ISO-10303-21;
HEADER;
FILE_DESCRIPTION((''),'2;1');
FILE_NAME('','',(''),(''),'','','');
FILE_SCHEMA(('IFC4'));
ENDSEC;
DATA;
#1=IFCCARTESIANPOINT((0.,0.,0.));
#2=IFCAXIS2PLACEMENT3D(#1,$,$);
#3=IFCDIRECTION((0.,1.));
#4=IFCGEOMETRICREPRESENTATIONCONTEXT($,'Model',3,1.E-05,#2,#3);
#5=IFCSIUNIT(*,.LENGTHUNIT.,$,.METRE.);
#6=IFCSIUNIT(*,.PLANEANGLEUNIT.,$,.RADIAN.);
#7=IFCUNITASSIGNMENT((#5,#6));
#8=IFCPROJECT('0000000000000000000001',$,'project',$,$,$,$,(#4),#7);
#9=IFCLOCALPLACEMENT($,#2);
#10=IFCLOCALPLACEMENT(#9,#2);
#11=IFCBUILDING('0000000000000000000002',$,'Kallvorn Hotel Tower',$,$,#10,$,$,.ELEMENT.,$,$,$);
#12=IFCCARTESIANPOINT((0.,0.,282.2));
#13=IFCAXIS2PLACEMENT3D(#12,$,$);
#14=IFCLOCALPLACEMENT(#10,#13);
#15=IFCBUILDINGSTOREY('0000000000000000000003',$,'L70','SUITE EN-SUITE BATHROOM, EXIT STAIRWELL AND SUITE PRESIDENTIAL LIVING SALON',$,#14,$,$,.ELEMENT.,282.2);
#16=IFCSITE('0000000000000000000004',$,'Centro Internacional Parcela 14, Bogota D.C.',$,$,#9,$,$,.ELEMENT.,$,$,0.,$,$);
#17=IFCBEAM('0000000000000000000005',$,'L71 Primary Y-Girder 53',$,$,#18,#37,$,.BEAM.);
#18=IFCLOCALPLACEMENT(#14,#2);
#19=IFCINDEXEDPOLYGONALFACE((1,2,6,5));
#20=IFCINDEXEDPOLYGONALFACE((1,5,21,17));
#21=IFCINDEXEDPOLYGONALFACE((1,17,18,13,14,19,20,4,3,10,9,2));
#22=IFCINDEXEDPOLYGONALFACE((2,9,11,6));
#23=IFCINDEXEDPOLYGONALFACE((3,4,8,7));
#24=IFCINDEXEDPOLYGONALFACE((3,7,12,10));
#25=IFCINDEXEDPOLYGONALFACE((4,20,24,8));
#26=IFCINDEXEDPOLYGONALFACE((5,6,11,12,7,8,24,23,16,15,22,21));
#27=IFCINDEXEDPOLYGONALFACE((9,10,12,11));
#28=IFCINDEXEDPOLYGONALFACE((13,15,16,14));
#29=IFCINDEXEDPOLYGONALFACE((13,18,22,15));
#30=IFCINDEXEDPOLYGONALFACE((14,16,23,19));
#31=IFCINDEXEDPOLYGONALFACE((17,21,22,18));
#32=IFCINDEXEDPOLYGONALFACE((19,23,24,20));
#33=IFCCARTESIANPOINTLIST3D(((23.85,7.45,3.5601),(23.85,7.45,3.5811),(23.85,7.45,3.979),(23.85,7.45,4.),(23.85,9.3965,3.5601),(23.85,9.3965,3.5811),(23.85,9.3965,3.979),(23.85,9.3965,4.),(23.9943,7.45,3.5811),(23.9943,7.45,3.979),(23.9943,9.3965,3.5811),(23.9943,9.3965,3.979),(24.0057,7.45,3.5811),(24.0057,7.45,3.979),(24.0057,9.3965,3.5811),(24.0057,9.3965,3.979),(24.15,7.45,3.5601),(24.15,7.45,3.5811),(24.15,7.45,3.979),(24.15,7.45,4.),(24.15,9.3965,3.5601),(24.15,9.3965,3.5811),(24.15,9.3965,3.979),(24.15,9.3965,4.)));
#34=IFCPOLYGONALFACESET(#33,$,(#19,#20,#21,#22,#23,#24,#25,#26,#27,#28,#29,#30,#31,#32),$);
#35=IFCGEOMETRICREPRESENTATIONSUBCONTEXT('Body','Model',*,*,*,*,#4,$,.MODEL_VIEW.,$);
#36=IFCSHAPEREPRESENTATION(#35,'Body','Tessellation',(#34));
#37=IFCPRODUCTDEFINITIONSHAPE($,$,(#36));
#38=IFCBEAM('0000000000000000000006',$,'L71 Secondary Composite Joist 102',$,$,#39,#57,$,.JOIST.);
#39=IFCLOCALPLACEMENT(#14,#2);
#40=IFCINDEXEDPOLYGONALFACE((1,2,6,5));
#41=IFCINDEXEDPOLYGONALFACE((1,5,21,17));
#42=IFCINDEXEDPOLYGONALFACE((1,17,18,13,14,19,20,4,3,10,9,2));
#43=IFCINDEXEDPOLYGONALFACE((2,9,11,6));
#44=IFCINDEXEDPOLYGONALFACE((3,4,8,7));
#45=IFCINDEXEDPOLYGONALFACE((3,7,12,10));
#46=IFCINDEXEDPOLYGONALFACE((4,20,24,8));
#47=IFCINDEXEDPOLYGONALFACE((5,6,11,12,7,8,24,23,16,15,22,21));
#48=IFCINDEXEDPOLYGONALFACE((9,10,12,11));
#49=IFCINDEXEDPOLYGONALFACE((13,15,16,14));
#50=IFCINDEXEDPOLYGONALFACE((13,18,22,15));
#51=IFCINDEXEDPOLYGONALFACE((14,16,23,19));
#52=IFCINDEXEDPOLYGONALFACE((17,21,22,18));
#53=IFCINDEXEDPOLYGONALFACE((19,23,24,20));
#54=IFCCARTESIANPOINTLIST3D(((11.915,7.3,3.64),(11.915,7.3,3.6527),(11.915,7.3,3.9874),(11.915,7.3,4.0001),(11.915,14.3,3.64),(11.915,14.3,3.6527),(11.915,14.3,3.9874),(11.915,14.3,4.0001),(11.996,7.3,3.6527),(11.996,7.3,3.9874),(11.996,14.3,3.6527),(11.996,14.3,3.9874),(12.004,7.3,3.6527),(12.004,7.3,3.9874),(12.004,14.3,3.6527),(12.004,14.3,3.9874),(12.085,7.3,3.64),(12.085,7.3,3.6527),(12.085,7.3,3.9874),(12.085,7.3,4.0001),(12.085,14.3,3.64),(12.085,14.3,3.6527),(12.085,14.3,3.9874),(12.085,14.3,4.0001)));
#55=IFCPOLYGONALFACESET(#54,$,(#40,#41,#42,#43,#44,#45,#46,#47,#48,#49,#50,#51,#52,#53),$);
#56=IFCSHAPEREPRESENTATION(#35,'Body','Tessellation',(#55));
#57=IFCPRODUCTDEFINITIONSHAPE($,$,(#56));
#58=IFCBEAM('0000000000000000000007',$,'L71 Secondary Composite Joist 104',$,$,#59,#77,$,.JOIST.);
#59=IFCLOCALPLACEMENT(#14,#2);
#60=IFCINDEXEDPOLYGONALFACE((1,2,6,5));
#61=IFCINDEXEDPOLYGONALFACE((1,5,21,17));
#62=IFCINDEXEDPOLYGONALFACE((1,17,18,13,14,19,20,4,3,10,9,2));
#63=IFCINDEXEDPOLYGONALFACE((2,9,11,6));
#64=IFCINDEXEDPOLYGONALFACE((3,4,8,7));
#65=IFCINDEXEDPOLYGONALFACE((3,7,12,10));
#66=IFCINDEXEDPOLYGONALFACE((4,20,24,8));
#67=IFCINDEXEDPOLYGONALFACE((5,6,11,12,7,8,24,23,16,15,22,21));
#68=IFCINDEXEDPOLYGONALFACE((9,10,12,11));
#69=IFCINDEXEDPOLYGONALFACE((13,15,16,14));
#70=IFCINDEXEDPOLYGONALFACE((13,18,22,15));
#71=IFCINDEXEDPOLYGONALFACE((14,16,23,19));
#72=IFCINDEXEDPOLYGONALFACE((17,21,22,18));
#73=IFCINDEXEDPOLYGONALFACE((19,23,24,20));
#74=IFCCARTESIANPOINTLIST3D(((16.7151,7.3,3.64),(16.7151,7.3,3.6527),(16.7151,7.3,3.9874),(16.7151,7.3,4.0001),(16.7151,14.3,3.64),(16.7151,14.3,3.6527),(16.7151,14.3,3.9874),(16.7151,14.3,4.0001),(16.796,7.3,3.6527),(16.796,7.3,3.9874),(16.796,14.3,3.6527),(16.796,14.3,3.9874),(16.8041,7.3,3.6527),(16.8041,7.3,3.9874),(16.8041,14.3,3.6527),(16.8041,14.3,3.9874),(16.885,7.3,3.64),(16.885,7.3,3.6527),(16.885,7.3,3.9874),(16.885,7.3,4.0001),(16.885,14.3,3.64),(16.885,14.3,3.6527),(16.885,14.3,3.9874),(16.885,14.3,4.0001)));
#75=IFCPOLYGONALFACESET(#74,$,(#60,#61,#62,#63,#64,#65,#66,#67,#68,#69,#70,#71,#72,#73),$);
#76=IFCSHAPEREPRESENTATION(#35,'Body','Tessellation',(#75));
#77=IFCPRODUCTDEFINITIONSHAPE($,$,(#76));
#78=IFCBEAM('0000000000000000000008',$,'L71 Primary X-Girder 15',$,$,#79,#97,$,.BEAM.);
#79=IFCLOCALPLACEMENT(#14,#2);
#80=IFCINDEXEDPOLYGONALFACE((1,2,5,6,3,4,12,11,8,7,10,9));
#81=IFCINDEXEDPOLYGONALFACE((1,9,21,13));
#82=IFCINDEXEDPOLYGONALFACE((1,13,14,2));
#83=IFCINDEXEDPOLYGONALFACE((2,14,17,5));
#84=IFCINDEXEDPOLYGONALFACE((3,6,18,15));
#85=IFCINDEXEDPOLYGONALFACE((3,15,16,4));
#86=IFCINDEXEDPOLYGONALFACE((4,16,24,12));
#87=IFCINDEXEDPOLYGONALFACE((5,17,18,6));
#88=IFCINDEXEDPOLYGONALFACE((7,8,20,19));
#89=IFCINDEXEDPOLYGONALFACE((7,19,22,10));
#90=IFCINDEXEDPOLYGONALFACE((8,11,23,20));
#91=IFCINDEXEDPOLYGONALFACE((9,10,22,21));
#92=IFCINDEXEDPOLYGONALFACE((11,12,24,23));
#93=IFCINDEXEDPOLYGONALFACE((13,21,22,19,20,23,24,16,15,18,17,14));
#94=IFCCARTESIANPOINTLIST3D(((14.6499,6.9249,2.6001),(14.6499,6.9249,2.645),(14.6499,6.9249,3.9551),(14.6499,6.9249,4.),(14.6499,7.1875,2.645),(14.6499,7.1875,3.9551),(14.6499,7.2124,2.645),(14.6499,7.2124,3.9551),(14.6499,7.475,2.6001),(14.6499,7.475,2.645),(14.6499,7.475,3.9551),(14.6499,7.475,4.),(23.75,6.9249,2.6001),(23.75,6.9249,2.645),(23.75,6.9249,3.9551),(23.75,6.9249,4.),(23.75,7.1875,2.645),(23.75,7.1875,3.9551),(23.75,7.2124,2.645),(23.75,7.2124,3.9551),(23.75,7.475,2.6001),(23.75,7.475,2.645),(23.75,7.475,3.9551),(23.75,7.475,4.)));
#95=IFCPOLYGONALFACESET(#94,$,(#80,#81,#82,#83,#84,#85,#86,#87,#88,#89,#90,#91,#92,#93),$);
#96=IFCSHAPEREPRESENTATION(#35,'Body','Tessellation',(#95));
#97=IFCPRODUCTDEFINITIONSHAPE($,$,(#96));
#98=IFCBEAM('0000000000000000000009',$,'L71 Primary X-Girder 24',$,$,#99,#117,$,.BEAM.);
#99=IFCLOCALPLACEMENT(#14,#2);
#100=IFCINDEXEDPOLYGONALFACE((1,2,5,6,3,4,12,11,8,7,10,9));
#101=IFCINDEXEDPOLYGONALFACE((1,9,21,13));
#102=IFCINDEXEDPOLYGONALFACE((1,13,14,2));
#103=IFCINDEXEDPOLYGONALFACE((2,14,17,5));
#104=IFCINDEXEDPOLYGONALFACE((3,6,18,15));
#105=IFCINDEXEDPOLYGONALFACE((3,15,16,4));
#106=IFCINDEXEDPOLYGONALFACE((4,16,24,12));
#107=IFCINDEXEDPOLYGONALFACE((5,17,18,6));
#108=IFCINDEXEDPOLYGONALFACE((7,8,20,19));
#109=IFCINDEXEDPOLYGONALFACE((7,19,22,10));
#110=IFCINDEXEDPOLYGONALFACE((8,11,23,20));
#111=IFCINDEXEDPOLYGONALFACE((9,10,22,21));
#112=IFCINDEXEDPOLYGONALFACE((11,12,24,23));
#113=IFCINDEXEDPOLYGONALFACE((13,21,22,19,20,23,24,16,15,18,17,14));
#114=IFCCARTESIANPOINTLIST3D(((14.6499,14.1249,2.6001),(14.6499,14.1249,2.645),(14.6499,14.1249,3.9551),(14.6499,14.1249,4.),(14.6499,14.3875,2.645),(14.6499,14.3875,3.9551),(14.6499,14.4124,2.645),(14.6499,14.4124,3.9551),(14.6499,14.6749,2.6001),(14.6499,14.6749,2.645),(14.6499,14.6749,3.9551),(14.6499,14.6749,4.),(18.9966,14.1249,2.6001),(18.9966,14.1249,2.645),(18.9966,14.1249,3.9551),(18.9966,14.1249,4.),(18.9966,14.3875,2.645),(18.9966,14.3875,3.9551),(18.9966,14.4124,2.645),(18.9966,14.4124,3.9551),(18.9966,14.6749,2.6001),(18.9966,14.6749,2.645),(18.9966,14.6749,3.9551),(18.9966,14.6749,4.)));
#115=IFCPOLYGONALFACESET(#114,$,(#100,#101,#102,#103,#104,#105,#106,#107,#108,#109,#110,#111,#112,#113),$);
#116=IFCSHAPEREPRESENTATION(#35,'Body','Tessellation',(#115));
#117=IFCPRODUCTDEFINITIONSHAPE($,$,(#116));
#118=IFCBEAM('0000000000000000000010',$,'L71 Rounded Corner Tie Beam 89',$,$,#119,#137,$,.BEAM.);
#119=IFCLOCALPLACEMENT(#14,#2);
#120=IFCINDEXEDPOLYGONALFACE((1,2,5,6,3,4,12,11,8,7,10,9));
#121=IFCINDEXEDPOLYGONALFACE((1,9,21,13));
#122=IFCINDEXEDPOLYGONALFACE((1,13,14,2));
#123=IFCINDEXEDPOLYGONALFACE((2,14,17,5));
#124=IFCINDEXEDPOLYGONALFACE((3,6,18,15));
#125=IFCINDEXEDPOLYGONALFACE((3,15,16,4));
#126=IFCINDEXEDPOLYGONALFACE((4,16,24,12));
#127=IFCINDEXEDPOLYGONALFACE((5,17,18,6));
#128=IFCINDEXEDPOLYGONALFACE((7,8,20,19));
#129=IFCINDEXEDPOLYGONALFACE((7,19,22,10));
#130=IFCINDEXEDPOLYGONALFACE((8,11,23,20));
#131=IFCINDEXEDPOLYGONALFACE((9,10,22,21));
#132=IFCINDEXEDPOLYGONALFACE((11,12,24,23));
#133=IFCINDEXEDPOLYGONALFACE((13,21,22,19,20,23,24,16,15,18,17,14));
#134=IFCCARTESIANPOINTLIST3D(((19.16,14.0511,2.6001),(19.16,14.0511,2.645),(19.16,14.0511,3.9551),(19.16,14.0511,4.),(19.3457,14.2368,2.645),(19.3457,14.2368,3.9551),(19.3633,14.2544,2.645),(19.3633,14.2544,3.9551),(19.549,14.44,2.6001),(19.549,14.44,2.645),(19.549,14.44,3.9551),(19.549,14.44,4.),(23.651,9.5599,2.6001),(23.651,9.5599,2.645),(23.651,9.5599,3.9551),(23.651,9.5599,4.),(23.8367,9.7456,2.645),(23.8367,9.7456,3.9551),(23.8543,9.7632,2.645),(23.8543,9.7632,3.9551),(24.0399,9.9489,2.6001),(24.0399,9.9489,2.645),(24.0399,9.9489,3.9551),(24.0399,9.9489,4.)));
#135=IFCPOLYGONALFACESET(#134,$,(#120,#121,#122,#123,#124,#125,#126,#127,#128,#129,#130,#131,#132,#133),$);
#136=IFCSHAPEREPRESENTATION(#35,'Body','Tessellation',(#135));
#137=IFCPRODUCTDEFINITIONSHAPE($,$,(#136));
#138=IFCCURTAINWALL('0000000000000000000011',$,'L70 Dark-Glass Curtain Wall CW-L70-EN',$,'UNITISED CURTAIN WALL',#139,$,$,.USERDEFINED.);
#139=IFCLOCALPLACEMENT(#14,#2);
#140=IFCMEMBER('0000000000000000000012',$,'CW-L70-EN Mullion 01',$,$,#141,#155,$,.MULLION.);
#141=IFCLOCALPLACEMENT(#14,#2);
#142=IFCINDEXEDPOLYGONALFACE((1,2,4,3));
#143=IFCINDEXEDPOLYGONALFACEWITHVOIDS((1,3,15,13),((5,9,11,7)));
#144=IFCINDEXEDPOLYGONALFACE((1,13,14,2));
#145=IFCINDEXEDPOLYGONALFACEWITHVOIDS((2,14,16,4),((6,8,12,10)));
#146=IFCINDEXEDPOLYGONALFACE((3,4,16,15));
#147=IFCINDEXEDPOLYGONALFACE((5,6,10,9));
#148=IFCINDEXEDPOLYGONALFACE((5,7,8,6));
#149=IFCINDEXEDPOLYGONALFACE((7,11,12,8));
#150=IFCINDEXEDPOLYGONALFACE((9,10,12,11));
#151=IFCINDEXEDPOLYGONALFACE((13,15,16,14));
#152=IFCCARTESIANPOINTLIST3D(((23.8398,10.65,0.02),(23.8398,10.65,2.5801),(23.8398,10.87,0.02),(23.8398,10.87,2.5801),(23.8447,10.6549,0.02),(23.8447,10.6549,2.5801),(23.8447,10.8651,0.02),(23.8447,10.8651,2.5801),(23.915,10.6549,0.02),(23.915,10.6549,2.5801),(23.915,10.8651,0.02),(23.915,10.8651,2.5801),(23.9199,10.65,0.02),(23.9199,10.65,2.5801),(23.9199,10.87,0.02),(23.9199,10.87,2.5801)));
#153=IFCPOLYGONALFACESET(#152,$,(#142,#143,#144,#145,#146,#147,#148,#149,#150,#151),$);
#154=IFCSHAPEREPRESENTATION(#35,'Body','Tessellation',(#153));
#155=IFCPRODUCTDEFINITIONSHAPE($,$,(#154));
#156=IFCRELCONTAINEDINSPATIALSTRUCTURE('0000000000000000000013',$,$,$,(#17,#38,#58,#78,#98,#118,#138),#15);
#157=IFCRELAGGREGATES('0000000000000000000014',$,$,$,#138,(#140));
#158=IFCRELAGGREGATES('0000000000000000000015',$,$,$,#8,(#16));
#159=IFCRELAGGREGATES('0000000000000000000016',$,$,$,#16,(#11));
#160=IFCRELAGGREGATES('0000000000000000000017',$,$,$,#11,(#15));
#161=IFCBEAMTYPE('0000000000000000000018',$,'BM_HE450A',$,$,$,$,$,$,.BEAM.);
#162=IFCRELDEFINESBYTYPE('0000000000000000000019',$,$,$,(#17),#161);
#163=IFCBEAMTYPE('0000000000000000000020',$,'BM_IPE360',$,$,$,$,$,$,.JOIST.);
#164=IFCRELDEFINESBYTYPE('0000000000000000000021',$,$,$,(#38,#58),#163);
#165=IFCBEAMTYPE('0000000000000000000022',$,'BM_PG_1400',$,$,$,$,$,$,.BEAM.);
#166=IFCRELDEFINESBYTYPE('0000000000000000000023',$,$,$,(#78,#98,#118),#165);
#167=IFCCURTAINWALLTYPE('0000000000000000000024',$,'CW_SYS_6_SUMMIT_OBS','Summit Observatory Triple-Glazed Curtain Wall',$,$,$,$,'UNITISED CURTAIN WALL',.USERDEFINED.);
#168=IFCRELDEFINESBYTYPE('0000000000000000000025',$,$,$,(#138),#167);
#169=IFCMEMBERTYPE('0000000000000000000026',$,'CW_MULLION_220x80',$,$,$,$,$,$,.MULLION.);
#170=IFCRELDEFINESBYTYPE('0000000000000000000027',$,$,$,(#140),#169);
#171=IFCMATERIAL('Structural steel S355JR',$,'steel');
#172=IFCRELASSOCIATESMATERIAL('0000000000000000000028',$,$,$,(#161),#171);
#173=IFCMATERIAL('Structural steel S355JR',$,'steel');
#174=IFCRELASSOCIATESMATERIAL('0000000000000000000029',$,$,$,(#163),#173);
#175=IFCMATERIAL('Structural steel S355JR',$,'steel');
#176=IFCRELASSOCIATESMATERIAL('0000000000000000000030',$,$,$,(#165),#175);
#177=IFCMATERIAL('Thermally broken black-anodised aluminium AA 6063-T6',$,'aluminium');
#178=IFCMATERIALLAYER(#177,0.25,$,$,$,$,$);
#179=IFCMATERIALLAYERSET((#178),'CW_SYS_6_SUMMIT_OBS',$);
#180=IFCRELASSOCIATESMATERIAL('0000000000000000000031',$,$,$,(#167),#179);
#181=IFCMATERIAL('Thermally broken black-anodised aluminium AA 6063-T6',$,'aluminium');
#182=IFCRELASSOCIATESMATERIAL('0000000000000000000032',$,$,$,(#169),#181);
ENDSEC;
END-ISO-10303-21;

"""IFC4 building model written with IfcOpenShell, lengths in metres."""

from ifc_helpers import new_model, si_unit, direction, frame, origin, origin_2d, place, context, subcontext, project, spatial, hollow_rectangle, i_section, extrude, material, layer, layer_set, material_profile, profile_set, type_object, element, aggregate, save


model = new_model("IFC4")

# Units and contexts
model_context = context("Model", 3, precision=1e-05, world=origin(), true_north=direction((0.0, 1.0)))
body_context = subcontext(model_context, "Body", "Model", "MODEL_VIEW")
ifc_project = project(units=[si_unit("LENGTHUNIT", "METRE"), si_unit("PLANEANGLEUNIT", "RADIAN")], contexts=[model_context])

# Site, building, storey
site_placement = place(None, origin())
site = spatial("IfcSite", under=ifc_project, at=site_placement, Name="Centro Internacional Parcela 14, Bogota D.C.", CompositionType="ELEMENT", RefElevation=0.0)
building_placement = place(site_placement, origin())
building = spatial("IfcBuilding", under=site, at=building_placement, Name="Kallvorn Hotel Tower", CompositionType="ELEMENT")
storey_placement = place(building_placement, frame((0.0, 0.0, 282.2)))
storey = spatial("IfcBuildingStorey", under=building, at=storey_placement, Name="L70", Description="SUITE EN-SUITE BATHROOM, EXIT STAIRWELL AND SUITE PRESIDENTIAL LIVING SALON", CompositionType="ELEMENT", Elevation=282.2)

# Beams
ifc_material_1 = material(Name="Structural steel S355JR", Category="steel")
ifc_material_profile_1 = material_profile(ifc_material_1, i_section(OverallWidth=0.3, OverallDepth=0.4399, WebThickness=0.0115, FlangeThickness=0.021, at=origin_2d()), Name="HE 450 A")
ifc_profile_set_1 = profile_set([ifc_material_profile_1], Name="Structural steel S355JR")
beam_type_1 = type_object("IfcBeamType", Name="BM_HE450A", PredefinedType="BEAM", material=ifc_profile_set_1)
beam_1_placement = place(storey_placement, frame((24.0, 7.45, 3.78), z_axis=(0.0, 1.0, 0.0), x_axis=(-1.0, 0.0, 0.0)))
element("IfcBeam", 1, at=beam_1_placement, inside=storey, type_object=beam_type_1, Name="L71 Primary Y-Girder 53", PredefinedType="BEAM", context=body_context, shape_type="SweptSolid", body=[
    extrude(i_section(OverallWidth=0.3, OverallDepth=0.4399, WebThickness=0.0115, FlangeThickness=0.021, at=origin_2d()), origin(), (0.0, 0.0, 1.0), 1.9465),
])
ifc_material_2 = material(Name="Structural steel S355JR", Category="steel")
ifc_material_profile_2 = material_profile(ifc_material_2, i_section(OverallWidth=0.1699, OverallDepth=0.3601, WebThickness=0.0081, FlangeThickness=0.0127, at=origin_2d()), Name="IPE 360")
ifc_profile_set_2 = profile_set([ifc_material_profile_2], Name="Structural steel S355JR")
beam_type_2 = type_object("IfcBeamType", Name="BM_IPE360", PredefinedType="JOIST", material=ifc_profile_set_2)
for number, where, z_axis, x_axis, name in (
    (2, (12.0, 7.3, 3.8201), (0.0, 1.0, 0.0), (-1.0, 0.0, 0.0), "L71 Secondary Composite Joist 102"),
    (3, (16.8, 7.3, 3.8201), (0.0, 1.0, 0.0), (-1.0, 0.0, 0.0), "L71 Secondary Composite Joist 104"),
):
    element("IfcBeam", number, at=place(storey_placement, frame(where, z_axis=z_axis, x_axis=x_axis)), inside=storey, type_object=beam_type_2, Name=name, PredefinedType="JOIST", context=body_context, shape_type="SweptSolid", body=[
        extrude(i_section(OverallWidth=0.1699, OverallDepth=0.3601, WebThickness=0.0081, FlangeThickness=0.0127, at=origin_2d()), origin(), (0.0, 0.0, 1.0), 7.0),
    ])
ifc_material_3 = material(Name="Structural steel S355JR", Category="steel")
ifc_material_profile_3 = material_profile(ifc_material_3, i_section(OverallWidth=0.55, OverallDepth=1.3999, WebThickness=0.0249, FlangeThickness=0.0449, at=origin_2d()), Name="PG 1400x550x25x45")
ifc_profile_set_3 = profile_set([ifc_material_profile_3], Name="Structural steel S355JR")
beam_type_3 = type_object("IfcBeamType", Name="BM_PG_1400", PredefinedType="BEAM", material=ifc_profile_set_3)
beam_2_placement = place(storey_placement, frame((14.6499, 7.2, 3.3), z_axis=(1.0, 0.0, 0.0), x_axis=(0.0, 1.0, 0.0)))
element("IfcBeam", 4, at=beam_2_placement, inside=storey, type_object=beam_type_3, Name="L71 Primary X-Girder 15", PredefinedType="BEAM", context=body_context, shape_type="SweptSolid", body=[
    extrude(i_section(OverallWidth=0.55, OverallDepth=1.3999, WebThickness=0.0249, FlangeThickness=0.0449, at=origin_2d()), origin(), (0.0, 0.0, 1.0), 9.1001),
])
beam_3_placement = place(storey_placement, frame((14.6499, 14.3999, 3.3), z_axis=(1.0, 0.0, 0.0), x_axis=(0.0, 1.0, 0.0)))
element("IfcBeam", 5, at=beam_3_placement, inside=storey, type_object=beam_type_3, Name="L71 Primary X-Girder 24", PredefinedType="BEAM", context=body_context, shape_type="SweptSolid", body=[
    extrude(i_section(OverallWidth=0.55, OverallDepth=1.3999, WebThickness=0.0249, FlangeThickness=0.0449, at=origin_2d()), origin(), (0.0, 0.0, 1.0), 4.3467),
])
beam_4_placement = place(storey_placement, frame((23.8455, 9.7544, 3.3), z_axis=(-0.707088, 0.707126, 0.0), x_axis=(-0.707126, -0.707088, 0.0)))
element("IfcBeam", 6, at=beam_4_placement, inside=storey, type_object=beam_type_3, Name="L71 Rounded Corner Tie Beam 89", PredefinedType="BEAM", context=body_context, shape_type="SweptSolid", body=[
    extrude(i_section(OverallWidth=0.55, OverallDepth=1.3999, WebThickness=0.0249, FlangeThickness=0.0449, at=origin_2d()), origin(), (0.0, 0.0, 1.0), 6.3513),
])

# Curtain wall, member
ifc_material_4 = material(Name="Thermally broken black-anodised aluminium AA 6063-T6", Category="aluminium")
ifc_layer_1 = layer(ifc_material_4, 0.25)
ifc_layer_set_1 = layer_set([ifc_layer_1], Name="CW_SYS_6_SUMMIT_OBS")
curtain_wall_type = type_object("IfcCurtainWallType", Name="CW_SYS_6_SUMMIT_OBS", Description="Summit Observatory Triple-Glazed Curtain Wall", ElementType="UNITISED CURTAIN WALL", PredefinedType="USERDEFINED", material=ifc_layer_set_1)
curtain_wall_placement = place(storey_placement, origin())
curtain_wall = element("IfcCurtainWall", 7, at=curtain_wall_placement, inside=storey, type_object=curtain_wall_type, Name="L70 Dark-Glass Curtain Wall CW-L70-EN", ObjectType="UNITISED CURTAIN WALL", PredefinedType="USERDEFINED")
ifc_material_5 = material(Name="Thermally broken black-anodised aluminium AA 6063-T6", Category="aluminium")
ifc_material_profile_4 = material_profile(ifc_material_5, hollow_rectangle(XDim=0.0801, YDim=0.22, WallThickness=0.0049, at=origin_2d()), Name="MUL 220x80")
ifc_profile_set_4 = profile_set([ifc_material_profile_4], Name="Thermally broken black-anodised aluminium AA 6063-T6")
member_type_1 = type_object("IfcMemberType", Name="CW_MULLION_220x80", PredefinedType="MULLION", material=ifc_profile_set_4)
member_placement = place(storey_placement, frame((23.8799, 10.76, 0.02), z_axis=(0.0, 0.0, 1.0), x_axis=(1.0, 0.0, 0.0)))
member = element("IfcMember", 8, at=member_placement, type_object=member_type_1, Name="CW-L70-EN Mullion 01", PredefinedType="MULLION", context=body_context, shape_type="SweptSolid", body=[
    extrude(hollow_rectangle(XDim=0.0801, YDim=0.22, WallThickness=0.0049, at=origin_2d()), origin(), (0.0, 0.0, 1.0), 2.5601),
])

aggregate(curtain_wall, [member])

save(model, "model.ifc")
